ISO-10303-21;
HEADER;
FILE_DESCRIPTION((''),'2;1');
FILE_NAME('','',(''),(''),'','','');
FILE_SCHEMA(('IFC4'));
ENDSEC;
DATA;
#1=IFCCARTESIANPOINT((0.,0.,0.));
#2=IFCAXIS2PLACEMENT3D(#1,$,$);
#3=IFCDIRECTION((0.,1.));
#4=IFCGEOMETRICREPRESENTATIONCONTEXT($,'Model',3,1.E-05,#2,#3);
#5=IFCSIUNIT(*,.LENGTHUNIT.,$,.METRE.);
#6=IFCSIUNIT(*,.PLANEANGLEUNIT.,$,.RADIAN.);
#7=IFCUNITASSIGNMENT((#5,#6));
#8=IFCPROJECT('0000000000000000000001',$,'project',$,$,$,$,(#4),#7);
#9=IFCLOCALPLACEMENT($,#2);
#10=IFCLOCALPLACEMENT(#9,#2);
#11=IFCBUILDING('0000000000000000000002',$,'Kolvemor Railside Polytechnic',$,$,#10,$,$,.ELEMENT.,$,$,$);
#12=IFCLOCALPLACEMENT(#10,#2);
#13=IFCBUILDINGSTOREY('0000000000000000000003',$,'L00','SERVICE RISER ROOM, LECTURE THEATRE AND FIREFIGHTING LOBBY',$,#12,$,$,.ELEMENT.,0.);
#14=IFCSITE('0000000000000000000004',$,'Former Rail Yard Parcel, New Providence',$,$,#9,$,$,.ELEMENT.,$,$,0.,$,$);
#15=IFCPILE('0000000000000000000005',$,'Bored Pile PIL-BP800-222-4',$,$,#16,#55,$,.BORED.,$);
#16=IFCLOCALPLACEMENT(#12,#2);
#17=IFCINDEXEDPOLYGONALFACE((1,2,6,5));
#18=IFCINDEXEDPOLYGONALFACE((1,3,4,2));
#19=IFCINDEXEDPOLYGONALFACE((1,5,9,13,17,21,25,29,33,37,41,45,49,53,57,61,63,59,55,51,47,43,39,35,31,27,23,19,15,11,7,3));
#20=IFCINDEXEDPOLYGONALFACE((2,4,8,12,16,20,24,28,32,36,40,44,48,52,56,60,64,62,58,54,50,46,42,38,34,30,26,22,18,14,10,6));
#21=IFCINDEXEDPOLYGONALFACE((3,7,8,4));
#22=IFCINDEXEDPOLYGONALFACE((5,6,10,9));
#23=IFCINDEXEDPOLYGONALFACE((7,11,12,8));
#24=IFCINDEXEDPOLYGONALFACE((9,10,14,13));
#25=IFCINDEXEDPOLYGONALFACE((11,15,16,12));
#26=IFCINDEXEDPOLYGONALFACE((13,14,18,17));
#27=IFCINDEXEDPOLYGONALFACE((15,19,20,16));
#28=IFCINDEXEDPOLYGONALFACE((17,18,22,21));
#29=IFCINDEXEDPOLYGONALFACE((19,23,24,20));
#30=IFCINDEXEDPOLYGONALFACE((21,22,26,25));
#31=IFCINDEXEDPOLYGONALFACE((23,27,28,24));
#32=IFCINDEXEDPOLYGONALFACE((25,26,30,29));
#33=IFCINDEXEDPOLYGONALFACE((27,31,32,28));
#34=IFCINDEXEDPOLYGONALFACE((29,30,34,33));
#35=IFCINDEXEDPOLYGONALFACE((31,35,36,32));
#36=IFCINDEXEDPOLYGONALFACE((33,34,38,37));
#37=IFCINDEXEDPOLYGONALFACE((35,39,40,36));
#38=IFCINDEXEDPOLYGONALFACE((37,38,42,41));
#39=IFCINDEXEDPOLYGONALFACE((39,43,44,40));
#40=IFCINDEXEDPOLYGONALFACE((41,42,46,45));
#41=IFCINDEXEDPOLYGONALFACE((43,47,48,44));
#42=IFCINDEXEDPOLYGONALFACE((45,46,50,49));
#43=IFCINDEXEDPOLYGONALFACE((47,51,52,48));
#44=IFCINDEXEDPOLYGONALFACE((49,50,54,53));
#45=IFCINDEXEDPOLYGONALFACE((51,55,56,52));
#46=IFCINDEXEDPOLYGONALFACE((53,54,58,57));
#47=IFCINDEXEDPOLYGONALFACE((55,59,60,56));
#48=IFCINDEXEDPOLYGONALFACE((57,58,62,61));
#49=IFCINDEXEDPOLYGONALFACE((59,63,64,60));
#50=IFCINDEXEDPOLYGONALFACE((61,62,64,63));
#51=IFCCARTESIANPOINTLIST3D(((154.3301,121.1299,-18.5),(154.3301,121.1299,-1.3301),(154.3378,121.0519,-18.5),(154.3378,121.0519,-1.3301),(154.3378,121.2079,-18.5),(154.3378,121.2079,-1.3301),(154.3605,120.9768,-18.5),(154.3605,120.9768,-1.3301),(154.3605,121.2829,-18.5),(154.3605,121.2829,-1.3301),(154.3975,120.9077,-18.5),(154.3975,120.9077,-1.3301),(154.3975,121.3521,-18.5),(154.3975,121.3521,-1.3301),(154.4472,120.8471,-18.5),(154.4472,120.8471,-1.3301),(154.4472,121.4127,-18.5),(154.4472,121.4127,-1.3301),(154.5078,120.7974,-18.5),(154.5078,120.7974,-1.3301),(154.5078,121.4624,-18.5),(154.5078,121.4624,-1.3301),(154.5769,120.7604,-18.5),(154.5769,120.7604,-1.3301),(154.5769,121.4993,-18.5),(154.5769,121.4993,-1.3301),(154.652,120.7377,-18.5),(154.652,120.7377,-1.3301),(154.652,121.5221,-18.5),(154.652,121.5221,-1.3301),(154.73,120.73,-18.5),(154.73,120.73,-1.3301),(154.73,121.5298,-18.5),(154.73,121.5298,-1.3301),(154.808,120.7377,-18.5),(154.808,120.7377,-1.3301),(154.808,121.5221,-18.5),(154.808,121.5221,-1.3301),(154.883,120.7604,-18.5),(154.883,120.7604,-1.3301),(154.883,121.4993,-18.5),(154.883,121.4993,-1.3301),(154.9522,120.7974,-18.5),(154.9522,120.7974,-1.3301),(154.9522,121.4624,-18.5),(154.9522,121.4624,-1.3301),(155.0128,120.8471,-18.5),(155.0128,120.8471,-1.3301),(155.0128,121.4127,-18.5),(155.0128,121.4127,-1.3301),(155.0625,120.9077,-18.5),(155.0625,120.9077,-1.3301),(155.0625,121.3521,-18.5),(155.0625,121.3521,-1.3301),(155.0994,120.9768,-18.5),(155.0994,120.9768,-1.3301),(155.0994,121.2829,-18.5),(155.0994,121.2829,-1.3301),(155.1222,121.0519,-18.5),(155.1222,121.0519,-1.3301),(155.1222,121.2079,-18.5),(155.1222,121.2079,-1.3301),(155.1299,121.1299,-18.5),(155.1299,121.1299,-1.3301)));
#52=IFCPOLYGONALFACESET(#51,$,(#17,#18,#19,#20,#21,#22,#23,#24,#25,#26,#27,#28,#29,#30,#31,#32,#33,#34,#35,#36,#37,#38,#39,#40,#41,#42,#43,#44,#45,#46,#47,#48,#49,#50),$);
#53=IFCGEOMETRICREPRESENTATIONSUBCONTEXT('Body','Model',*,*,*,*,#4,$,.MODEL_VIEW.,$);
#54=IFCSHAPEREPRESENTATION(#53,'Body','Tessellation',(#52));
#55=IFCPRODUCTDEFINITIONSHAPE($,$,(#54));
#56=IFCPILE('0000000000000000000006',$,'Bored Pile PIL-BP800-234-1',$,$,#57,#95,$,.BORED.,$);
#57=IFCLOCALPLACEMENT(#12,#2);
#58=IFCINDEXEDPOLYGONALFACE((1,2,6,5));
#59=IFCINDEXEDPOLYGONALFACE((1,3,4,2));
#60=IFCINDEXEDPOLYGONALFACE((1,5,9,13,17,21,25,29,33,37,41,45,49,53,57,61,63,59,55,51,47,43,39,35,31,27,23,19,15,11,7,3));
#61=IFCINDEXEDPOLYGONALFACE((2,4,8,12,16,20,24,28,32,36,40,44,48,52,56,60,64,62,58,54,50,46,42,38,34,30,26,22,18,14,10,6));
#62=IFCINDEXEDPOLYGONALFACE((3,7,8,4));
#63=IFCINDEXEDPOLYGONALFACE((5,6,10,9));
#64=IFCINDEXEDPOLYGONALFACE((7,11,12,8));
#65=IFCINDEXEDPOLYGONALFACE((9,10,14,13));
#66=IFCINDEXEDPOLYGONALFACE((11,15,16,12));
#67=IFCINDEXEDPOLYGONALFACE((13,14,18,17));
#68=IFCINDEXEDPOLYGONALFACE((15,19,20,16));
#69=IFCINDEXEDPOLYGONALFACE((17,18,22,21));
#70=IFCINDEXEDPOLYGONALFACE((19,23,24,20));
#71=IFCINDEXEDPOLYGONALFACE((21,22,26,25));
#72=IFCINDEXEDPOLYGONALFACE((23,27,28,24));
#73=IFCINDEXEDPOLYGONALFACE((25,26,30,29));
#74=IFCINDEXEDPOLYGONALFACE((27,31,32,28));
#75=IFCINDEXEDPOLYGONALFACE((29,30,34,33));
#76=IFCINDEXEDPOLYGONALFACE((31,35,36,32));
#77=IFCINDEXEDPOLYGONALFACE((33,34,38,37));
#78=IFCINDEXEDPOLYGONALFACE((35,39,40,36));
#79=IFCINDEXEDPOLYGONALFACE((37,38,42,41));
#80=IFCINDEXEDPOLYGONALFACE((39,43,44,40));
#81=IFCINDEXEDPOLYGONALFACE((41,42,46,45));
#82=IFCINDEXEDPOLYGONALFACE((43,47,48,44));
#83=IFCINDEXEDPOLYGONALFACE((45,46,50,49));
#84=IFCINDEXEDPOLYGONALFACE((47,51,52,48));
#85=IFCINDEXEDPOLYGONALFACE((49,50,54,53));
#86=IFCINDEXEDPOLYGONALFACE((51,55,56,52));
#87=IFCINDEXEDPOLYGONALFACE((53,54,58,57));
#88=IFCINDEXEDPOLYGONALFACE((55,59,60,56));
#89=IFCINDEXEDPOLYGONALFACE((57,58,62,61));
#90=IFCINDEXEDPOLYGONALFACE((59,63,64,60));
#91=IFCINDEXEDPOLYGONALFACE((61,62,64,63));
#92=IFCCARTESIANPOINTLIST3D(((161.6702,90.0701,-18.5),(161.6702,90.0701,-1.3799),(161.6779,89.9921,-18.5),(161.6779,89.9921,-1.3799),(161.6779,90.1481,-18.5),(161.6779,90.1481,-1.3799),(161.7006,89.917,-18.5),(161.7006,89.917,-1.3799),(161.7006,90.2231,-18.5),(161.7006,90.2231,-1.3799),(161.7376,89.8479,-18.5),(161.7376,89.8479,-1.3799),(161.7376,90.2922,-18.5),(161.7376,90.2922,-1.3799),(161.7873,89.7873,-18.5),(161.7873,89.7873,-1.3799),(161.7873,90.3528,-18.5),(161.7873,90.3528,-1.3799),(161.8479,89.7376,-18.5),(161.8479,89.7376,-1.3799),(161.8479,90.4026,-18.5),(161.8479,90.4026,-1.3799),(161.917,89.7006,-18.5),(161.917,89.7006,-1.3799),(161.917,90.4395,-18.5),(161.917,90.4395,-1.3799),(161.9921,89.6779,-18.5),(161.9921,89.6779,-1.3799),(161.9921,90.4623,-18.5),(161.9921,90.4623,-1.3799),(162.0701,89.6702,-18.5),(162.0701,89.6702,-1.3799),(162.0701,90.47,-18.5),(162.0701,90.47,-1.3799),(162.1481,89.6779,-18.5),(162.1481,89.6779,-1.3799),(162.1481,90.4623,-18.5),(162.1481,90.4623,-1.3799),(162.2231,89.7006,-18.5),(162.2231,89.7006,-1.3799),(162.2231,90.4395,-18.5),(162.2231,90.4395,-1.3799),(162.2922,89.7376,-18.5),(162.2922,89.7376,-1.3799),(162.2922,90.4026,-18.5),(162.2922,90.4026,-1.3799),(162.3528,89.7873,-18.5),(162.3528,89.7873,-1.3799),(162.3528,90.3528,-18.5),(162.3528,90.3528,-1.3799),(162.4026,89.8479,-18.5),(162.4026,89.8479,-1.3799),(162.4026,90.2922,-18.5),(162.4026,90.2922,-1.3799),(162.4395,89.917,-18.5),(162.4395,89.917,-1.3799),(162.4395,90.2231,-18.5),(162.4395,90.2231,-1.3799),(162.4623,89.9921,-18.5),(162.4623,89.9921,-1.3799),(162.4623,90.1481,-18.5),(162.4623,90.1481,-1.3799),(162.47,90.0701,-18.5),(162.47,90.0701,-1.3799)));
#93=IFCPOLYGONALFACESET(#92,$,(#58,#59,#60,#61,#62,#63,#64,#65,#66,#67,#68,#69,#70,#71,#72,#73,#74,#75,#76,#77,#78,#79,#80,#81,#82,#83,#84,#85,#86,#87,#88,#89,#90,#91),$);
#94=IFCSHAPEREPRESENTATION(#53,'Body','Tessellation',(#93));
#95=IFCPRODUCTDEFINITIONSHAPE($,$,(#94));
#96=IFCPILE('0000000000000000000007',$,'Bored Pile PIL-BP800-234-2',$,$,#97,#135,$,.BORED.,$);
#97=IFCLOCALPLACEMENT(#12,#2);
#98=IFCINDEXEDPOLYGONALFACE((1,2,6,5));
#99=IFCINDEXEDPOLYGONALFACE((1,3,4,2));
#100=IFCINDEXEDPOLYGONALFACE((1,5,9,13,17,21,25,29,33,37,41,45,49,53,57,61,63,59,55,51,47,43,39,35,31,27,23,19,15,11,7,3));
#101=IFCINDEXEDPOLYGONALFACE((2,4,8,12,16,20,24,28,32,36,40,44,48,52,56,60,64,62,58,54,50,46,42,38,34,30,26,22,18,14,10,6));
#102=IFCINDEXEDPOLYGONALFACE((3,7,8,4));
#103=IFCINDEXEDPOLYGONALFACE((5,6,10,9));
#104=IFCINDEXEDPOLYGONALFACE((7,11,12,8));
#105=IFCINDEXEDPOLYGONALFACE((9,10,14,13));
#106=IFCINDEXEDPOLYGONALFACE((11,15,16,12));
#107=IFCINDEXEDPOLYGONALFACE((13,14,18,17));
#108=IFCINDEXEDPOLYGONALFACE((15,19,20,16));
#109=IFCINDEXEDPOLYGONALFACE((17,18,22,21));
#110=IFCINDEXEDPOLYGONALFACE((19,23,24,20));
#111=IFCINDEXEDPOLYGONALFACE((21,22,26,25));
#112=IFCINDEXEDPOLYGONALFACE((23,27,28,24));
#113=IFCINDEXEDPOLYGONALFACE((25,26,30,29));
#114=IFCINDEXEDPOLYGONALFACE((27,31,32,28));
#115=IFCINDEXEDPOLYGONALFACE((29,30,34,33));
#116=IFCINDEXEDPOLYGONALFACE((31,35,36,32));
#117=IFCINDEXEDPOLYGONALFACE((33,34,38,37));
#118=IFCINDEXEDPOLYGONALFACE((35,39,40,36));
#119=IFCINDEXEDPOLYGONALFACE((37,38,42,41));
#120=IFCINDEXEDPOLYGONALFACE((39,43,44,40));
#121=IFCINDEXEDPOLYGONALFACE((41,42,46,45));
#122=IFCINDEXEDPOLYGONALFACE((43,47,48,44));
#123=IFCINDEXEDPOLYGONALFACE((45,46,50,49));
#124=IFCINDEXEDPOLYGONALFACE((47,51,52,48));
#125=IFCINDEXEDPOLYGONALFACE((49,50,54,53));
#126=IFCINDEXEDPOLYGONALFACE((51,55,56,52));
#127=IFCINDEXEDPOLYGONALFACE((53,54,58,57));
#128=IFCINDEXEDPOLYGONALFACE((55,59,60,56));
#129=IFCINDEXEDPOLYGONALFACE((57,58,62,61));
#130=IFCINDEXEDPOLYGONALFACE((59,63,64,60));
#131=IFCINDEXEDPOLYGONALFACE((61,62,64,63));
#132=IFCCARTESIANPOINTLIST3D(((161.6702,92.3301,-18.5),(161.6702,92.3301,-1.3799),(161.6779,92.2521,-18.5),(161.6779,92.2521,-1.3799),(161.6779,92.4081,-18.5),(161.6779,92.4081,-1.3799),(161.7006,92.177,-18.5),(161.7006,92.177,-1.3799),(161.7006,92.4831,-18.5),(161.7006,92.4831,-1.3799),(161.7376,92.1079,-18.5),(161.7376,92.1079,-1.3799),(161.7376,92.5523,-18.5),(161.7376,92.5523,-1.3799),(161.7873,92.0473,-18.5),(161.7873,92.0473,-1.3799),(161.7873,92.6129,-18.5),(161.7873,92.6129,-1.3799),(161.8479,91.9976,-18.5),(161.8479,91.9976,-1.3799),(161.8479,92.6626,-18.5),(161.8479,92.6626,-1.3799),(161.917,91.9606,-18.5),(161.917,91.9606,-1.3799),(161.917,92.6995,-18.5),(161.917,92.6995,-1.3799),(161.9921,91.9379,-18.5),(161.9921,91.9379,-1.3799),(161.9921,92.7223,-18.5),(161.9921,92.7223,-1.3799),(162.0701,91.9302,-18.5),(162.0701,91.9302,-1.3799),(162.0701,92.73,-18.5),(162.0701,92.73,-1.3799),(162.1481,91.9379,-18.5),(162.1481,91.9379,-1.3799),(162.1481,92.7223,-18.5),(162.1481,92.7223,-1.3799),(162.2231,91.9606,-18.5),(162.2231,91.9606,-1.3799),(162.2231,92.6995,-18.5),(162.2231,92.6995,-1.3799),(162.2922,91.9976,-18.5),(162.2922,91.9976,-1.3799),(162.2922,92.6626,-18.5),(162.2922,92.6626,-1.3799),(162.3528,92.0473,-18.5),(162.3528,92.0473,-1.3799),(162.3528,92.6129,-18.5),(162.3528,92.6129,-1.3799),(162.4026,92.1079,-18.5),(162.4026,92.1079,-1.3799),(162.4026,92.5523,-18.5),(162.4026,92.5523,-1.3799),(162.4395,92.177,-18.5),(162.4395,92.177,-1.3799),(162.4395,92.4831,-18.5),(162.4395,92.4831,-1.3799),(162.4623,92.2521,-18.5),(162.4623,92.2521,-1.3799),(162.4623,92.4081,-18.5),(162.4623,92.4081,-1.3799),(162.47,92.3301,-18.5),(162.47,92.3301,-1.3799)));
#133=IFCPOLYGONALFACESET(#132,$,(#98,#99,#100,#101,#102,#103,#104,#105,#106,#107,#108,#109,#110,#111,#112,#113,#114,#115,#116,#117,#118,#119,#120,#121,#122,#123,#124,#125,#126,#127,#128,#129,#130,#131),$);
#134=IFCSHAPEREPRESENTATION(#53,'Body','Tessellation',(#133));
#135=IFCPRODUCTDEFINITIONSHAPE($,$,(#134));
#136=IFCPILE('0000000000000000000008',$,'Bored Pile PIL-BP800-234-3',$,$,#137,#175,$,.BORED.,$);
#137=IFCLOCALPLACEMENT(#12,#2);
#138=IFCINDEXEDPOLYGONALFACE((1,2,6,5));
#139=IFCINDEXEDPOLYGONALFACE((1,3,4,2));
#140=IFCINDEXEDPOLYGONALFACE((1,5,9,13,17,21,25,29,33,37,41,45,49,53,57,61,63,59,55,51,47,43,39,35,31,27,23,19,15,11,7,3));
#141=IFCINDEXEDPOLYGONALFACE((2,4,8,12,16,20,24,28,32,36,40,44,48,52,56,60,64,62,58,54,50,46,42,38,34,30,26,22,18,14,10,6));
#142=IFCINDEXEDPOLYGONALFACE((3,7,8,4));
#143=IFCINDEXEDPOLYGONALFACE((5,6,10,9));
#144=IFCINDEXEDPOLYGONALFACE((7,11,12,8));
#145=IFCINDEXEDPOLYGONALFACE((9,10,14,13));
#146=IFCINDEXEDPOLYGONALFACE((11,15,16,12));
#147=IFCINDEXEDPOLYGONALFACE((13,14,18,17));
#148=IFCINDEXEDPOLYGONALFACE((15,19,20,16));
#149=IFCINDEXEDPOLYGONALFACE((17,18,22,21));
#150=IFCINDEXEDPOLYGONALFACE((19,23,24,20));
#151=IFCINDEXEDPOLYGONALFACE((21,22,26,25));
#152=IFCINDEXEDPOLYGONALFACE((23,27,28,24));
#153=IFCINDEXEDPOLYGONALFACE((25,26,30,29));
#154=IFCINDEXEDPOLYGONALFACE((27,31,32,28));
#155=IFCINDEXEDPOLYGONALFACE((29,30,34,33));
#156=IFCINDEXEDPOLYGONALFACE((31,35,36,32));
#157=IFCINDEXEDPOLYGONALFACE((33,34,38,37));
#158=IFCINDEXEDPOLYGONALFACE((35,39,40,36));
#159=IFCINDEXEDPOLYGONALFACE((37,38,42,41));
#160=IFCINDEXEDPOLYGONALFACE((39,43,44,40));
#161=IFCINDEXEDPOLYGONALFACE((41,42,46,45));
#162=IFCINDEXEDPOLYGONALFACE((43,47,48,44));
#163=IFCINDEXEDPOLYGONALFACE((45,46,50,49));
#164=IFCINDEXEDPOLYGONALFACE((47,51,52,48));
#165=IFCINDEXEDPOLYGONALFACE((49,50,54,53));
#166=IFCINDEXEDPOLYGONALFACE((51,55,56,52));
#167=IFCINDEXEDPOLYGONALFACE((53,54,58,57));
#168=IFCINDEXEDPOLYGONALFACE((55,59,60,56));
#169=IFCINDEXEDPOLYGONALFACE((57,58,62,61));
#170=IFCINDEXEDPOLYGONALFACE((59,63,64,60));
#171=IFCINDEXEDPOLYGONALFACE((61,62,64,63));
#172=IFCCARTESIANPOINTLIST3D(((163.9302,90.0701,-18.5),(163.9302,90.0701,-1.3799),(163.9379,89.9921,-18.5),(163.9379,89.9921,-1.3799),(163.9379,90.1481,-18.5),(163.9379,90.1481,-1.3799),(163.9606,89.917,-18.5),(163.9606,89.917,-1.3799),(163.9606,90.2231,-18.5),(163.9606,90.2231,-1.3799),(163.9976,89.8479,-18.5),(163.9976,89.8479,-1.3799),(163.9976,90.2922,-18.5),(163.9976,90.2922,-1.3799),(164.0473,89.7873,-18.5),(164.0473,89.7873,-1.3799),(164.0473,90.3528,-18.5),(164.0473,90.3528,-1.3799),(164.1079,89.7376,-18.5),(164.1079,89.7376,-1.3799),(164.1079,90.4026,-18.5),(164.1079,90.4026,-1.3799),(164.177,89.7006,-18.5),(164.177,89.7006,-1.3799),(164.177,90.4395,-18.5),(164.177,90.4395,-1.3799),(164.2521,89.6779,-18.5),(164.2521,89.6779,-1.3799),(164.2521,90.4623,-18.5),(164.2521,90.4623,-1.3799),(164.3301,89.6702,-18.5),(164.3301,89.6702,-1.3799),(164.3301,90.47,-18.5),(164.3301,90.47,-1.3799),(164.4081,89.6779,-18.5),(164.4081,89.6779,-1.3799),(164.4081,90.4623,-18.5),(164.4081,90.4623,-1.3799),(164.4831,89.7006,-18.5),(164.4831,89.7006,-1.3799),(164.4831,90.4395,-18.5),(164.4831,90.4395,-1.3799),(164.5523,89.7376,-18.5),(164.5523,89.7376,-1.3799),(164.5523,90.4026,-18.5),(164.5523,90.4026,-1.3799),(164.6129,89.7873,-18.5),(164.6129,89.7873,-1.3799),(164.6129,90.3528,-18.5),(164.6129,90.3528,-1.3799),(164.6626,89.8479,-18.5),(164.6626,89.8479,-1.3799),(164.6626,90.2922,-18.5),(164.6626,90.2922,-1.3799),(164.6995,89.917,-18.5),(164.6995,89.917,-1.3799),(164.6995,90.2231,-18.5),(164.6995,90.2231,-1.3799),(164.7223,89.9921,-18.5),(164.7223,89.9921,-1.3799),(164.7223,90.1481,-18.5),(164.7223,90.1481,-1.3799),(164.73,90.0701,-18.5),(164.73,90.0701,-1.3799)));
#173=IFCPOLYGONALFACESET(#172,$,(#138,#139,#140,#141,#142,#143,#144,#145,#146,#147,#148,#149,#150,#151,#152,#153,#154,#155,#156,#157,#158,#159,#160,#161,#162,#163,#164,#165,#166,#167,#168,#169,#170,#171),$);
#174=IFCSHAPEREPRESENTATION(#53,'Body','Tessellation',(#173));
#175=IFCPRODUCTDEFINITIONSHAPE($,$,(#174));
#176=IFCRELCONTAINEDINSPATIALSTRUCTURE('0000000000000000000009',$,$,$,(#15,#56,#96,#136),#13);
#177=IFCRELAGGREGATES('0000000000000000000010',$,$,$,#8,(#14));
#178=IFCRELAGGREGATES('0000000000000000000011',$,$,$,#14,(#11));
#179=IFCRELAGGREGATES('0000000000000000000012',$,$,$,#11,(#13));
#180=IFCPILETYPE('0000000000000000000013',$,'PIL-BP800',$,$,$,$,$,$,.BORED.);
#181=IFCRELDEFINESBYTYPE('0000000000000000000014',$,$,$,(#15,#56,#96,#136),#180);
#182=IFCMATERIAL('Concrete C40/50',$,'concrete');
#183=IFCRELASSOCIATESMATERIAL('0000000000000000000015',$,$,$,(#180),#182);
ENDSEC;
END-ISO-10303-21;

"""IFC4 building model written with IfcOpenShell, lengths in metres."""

from ifc_helpers import new_model, si_unit, direction, frame, origin, origin_2d, place, context, subcontext, project, spatial, circle, extrude, material, material_profile, profile_set, type_object, element, save


model = new_model("IFC4")

# Units and contexts
model_context = context("Model", 3, precision=1e-05, world=origin(), true_north=direction((0.0, 1.0)))
body_context = subcontext(model_context, "Body", "Model", "MODEL_VIEW")
ifc_project = project(units=[si_unit("LENGTHUNIT", "METRE"), si_unit("PLANEANGLEUNIT", "RADIAN")], contexts=[model_context])

# Site, building, storey
site_placement = place(None, origin())
site = spatial("IfcSite", under=ifc_project, at=site_placement, Name="Former Rail Yard Parcel, New Providence", CompositionType="ELEMENT", RefElevation=0.0)
building_placement = place(site_placement, origin())
building = spatial("IfcBuilding", under=site, at=building_placement, Name="Kolvemor Railside Polytechnic", CompositionType="ELEMENT")
storey_placement = place(building_placement, origin())
storey = spatial("IfcBuildingStorey", under=building, at=storey_placement, Name="L00", Description="SERVICE RISER ROOM, LECTURE THEATRE AND FIREFIGHTING LOBBY", CompositionType="ELEMENT", Elevation=0.0)

# Piles
ifc_material_1 = material(Name="Concrete C40/50", Category="concrete")
ifc_material_profile_1 = material_profile(ifc_material_1, circle(Radius=0.3999, at=origin_2d()), Name="BP800")
ifc_profile_set_1 = profile_set([ifc_material_profile_1], Name="Concrete C40/50")
pile_type_1 = type_object("IfcPileType", Name="PIL-BP800", PredefinedType="BORED", material=ifc_profile_set_1)
for number, where, z_axis, x_axis, name in (
    (1, (154.73, 121.1299, -1.3301), (0.0, 0.0, -1.0), (1.0, 0.0, 0.0), "Bored Pile PIL-BP800-222-4"),
):
    element("IfcPile", number, at=place(storey_placement, frame(where, z_axis=z_axis, x_axis=x_axis)), inside=storey, type_object=pile_type_1, Name=name, PredefinedType="BORED", context=body_context, shape_type="SweptSolid", body=[
        extrude(circle(Radius=0.3999, at=origin_2d()), origin(), (0.0, 0.0, 1.0), 17.1699),
    ])
for number, where, z_axis, x_axis, name in (
    (2, (162.0701, 90.0701, -1.3799), (0.0, 0.0, -1.0), (1.0, 0.0, 0.0), "Bored Pile PIL-BP800-234-1"),
    (3, (162.0701, 92.3301, -1.3799), (0.0, 0.0, -1.0), (1.0, 0.0, 0.0), "Bored Pile PIL-BP800-234-2"),
    (4, (164.3301, 90.0701, -1.3799), (0.0, 0.0, -1.0), (1.0, 0.0, 0.0), "Bored Pile PIL-BP800-234-3"),
):
    element("IfcPile", number, at=place(storey_placement, frame(where, z_axis=z_axis, x_axis=x_axis)), inside=storey, type_object=pile_type_1, Name=name, PredefinedType="BORED", context=body_context, shape_type="SweptSolid", body=[
        extrude(circle(Radius=0.3999, at=origin_2d()), origin(), (0.0, 0.0, 1.0), 17.1201),
    ])

save(model, "model.ifc")
